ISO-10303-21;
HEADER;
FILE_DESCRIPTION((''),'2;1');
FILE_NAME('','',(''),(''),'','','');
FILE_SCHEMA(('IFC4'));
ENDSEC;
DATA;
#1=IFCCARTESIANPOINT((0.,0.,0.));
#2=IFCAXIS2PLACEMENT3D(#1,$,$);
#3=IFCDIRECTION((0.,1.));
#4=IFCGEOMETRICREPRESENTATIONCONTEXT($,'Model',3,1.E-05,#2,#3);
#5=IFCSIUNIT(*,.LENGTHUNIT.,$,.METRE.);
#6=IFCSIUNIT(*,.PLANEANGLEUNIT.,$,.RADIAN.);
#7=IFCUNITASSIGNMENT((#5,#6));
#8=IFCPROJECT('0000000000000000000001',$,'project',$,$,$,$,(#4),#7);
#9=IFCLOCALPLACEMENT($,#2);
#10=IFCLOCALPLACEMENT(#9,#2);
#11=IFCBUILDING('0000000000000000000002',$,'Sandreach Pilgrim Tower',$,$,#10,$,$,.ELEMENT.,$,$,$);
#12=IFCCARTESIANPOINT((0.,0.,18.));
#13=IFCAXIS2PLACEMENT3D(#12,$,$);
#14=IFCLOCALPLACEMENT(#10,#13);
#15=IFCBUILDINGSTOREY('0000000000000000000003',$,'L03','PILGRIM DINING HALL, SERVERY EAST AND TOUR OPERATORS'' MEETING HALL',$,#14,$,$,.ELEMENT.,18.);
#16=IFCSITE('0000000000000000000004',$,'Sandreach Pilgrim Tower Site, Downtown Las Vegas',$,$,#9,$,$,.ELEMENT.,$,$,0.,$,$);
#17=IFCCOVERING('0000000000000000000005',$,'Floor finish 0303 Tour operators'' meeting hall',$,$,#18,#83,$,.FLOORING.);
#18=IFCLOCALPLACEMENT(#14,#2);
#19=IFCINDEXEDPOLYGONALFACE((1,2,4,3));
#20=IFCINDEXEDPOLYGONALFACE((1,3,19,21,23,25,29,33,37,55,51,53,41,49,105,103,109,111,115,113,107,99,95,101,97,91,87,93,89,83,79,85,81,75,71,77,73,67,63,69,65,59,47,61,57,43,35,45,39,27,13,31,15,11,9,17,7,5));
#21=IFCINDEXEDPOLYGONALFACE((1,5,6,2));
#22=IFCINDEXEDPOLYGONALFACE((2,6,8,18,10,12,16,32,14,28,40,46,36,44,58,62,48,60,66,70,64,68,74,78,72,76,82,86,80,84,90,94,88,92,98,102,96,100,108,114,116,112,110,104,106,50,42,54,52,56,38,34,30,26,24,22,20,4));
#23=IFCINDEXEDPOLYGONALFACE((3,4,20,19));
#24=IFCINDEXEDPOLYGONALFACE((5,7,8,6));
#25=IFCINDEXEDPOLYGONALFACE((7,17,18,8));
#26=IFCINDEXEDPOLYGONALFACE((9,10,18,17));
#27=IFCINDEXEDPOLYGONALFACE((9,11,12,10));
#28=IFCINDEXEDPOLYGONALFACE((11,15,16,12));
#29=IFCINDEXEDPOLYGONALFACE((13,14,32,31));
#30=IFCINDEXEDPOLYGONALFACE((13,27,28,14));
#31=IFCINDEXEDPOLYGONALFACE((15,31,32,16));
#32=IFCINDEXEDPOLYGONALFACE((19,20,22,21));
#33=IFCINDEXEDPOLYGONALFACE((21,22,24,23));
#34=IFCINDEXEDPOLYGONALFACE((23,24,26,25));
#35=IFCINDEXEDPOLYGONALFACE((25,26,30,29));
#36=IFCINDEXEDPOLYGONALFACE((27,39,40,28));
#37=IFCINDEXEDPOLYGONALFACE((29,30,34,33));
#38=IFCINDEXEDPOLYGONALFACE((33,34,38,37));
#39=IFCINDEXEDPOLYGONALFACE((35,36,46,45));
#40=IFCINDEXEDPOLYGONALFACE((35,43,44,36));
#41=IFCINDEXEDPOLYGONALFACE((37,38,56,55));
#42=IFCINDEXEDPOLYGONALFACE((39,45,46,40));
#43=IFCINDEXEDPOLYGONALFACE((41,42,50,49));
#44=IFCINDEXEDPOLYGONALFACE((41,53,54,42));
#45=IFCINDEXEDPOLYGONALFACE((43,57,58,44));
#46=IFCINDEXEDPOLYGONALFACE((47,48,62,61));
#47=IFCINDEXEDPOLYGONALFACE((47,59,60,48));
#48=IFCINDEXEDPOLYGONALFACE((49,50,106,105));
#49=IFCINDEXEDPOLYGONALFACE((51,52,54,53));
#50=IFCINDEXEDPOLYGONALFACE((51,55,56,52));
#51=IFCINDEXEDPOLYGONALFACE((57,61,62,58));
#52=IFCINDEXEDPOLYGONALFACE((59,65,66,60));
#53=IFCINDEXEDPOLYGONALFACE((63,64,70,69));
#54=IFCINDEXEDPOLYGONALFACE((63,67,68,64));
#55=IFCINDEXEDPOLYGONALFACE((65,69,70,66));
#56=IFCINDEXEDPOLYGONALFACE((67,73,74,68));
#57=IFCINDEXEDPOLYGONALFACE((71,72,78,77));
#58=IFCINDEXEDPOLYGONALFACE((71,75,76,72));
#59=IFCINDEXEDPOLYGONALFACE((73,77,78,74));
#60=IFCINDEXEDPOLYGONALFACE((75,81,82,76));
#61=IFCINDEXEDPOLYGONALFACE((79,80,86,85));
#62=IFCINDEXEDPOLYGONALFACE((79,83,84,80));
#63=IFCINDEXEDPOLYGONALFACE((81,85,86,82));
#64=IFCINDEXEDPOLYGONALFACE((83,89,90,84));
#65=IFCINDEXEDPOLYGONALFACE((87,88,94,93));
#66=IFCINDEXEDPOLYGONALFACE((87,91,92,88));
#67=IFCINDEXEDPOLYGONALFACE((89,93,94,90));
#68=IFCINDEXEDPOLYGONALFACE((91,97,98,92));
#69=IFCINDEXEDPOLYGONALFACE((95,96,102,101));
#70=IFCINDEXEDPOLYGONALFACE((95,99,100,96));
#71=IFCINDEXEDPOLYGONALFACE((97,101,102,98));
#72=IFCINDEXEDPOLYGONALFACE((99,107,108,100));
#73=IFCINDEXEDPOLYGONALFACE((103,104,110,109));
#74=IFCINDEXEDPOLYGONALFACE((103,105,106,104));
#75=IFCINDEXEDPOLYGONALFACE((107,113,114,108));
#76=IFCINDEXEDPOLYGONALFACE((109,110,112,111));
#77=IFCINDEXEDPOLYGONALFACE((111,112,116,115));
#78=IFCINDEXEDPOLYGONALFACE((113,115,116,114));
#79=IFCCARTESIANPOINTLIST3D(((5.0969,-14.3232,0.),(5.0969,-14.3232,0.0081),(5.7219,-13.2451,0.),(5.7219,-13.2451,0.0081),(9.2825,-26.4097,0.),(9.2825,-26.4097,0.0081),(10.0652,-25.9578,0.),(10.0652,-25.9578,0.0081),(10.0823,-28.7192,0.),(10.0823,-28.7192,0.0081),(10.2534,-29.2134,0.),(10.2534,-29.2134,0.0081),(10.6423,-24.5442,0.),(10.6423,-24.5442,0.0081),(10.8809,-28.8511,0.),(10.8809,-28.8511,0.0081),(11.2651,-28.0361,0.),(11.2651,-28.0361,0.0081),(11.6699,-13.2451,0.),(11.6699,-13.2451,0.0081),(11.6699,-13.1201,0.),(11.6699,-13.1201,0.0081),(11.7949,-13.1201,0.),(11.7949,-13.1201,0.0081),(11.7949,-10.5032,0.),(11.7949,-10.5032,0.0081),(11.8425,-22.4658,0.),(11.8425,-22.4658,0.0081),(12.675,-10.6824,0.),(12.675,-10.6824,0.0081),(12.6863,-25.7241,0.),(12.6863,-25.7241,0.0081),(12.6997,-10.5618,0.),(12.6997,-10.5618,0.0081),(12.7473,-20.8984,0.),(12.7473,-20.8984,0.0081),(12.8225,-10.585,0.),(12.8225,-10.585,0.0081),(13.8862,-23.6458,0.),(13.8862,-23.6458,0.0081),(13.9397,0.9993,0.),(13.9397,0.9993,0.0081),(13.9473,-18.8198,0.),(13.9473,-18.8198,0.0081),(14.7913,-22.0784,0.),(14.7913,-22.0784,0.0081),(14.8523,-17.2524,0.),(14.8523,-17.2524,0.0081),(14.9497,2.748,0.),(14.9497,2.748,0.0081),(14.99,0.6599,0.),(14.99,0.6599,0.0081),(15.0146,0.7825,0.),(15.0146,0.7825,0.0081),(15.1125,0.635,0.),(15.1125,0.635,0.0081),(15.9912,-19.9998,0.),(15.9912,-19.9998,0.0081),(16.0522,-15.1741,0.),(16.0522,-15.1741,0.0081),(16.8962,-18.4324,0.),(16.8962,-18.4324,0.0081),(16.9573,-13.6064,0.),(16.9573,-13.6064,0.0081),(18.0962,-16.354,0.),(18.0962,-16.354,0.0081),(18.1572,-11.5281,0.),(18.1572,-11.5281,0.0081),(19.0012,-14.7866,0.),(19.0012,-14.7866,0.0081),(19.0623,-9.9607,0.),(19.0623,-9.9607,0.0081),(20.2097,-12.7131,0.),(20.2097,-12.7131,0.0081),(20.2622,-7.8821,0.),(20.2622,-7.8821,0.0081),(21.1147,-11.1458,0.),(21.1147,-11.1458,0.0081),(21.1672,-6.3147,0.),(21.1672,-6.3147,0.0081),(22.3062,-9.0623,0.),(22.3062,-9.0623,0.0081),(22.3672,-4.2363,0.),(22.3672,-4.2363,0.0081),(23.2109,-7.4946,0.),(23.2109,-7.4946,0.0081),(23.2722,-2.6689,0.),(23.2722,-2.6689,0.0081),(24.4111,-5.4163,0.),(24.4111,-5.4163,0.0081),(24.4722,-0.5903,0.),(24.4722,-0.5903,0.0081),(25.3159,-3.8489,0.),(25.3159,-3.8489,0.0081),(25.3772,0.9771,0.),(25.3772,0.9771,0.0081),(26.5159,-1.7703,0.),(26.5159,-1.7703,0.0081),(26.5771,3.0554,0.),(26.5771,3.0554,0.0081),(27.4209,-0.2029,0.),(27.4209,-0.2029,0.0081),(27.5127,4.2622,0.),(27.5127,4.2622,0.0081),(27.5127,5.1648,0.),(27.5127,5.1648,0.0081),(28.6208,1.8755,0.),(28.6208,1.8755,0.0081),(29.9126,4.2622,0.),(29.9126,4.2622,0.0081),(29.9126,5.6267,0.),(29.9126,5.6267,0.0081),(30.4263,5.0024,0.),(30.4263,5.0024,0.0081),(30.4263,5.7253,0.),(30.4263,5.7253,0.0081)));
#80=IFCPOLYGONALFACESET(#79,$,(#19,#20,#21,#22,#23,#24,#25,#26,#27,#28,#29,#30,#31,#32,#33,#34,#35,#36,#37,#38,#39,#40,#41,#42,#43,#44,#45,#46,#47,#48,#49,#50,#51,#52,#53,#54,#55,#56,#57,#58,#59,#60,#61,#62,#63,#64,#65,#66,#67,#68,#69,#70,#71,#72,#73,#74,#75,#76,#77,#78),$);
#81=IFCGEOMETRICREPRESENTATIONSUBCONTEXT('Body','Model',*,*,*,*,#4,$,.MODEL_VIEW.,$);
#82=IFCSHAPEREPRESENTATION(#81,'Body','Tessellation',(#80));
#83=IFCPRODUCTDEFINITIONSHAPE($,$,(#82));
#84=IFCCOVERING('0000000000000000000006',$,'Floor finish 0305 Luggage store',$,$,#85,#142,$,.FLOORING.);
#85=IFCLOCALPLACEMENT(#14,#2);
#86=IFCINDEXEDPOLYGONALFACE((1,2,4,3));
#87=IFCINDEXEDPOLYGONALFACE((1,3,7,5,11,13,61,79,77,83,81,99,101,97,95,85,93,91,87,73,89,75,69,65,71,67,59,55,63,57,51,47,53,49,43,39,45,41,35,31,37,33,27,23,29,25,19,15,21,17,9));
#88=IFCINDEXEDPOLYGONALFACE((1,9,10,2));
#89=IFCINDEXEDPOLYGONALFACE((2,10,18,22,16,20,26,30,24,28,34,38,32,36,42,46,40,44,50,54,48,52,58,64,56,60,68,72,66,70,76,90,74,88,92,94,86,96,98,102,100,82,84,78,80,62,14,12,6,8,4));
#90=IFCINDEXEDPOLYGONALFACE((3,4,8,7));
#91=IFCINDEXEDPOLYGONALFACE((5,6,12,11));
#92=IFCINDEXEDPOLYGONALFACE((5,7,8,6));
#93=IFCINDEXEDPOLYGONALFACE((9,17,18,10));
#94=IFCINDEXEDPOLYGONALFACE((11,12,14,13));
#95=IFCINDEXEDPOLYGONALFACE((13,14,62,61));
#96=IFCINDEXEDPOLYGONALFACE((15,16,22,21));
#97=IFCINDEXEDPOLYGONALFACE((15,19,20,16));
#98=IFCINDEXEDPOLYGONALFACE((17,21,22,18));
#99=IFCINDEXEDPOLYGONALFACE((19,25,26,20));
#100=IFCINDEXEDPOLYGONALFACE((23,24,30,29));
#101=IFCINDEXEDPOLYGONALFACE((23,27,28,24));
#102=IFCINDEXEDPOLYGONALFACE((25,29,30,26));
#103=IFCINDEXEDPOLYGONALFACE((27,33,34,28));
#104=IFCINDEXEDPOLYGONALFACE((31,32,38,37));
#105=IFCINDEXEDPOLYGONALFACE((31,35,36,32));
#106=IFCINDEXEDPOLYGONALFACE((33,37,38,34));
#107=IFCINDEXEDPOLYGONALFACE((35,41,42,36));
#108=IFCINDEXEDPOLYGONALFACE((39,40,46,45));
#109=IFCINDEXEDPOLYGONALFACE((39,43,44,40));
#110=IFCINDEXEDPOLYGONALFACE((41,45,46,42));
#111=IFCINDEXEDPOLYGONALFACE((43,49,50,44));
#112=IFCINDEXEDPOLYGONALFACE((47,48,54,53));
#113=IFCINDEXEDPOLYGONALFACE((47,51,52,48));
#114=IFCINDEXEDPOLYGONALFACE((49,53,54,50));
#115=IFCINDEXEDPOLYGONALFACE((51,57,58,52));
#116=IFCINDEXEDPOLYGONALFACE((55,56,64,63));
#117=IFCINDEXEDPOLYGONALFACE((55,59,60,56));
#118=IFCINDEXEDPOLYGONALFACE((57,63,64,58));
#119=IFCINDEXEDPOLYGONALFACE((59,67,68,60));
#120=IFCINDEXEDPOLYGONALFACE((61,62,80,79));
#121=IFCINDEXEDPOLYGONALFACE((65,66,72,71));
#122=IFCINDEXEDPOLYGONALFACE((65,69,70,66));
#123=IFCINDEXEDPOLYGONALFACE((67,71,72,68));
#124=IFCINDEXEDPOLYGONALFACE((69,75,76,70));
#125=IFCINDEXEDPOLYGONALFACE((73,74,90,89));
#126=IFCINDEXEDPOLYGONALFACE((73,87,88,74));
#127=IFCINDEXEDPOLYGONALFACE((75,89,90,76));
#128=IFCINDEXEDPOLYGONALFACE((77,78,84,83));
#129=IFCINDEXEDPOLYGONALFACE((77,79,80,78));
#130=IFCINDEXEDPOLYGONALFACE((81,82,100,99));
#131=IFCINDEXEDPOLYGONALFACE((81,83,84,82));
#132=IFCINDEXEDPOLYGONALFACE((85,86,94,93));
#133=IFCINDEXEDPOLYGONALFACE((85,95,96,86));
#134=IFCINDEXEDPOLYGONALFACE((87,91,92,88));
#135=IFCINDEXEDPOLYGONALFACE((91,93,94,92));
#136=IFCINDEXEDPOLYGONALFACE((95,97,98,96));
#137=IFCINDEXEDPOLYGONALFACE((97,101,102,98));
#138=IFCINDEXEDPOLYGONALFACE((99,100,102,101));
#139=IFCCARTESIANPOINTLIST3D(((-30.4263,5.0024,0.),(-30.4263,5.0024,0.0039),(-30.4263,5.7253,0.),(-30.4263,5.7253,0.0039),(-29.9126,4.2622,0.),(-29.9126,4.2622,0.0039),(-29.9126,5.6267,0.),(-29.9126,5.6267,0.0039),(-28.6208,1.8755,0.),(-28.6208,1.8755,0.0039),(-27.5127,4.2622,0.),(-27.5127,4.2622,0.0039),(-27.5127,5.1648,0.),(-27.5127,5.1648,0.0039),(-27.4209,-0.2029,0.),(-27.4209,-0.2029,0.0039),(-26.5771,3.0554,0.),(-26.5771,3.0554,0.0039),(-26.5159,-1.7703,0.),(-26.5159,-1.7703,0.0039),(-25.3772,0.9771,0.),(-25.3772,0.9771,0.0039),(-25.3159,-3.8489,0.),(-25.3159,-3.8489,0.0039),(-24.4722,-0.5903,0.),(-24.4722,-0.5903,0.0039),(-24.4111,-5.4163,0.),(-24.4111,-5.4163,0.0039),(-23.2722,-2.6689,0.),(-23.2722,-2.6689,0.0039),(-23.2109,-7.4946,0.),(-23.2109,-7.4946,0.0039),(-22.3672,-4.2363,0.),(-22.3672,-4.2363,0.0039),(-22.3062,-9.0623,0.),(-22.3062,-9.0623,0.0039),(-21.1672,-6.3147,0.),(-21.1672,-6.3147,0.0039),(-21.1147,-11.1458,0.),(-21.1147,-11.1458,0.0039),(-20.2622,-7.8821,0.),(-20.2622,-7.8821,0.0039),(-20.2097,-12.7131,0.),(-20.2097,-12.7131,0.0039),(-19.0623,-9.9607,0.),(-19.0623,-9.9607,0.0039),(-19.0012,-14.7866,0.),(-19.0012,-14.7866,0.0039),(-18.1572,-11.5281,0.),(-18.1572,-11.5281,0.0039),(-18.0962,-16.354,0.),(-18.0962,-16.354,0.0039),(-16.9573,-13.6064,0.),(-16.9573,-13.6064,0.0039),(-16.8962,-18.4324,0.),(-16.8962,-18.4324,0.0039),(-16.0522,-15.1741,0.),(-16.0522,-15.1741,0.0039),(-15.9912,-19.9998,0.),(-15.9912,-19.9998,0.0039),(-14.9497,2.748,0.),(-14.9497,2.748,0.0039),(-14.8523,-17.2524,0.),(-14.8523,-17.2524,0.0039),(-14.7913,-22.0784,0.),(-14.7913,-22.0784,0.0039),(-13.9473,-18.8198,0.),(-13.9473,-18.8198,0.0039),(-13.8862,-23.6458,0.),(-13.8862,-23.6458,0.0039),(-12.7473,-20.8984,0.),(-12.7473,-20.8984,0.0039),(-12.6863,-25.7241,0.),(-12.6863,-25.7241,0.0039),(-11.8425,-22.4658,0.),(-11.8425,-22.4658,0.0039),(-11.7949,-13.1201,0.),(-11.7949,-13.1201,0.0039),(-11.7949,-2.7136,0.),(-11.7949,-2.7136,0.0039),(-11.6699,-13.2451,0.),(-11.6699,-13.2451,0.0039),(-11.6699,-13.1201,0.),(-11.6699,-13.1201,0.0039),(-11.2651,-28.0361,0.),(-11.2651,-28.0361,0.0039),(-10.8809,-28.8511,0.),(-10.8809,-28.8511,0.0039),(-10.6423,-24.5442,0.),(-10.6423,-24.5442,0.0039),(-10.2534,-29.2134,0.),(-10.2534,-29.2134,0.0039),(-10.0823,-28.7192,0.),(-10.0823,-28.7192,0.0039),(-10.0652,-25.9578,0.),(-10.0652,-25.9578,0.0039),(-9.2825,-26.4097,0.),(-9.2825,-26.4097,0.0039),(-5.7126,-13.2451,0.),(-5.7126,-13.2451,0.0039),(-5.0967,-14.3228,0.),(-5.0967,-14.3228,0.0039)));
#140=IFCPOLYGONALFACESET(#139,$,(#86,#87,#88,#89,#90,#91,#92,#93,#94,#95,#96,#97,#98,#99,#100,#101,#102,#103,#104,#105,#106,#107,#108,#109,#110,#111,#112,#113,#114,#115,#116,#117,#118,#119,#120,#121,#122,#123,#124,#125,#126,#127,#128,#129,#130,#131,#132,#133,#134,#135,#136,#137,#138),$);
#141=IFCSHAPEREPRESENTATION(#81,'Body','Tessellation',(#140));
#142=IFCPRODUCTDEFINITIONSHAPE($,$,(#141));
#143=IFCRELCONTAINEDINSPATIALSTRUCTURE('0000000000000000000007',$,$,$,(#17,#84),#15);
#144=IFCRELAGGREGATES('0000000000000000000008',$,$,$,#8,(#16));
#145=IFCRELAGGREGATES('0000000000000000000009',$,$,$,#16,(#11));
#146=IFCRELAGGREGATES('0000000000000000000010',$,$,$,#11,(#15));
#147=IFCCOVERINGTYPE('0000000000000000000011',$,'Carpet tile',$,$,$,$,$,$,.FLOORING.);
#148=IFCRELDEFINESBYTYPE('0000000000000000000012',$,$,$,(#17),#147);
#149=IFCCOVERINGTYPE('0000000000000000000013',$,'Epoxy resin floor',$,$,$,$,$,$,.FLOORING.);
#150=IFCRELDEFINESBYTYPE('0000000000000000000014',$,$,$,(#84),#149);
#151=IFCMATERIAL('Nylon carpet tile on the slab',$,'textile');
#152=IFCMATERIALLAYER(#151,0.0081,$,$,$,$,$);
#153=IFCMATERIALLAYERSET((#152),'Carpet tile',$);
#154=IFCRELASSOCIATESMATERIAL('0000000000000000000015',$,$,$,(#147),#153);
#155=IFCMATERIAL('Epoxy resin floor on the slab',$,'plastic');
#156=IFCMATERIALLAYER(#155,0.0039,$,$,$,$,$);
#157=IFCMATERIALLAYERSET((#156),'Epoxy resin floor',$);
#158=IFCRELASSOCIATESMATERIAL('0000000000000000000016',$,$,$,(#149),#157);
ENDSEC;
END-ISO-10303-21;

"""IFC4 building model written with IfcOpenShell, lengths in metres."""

from ifc_helpers import new_model, si_unit, direction, frame, origin, place, context, subcontext, project, spatial, polyline, outline, extrude, material, layer, layer_set, type_object, element, save


model = new_model("IFC4")

# Units and contexts
model_context = context("Model", 3, precision=1e-05, world=origin(), true_north=direction((0.0, 1.0)))
body_context = subcontext(model_context, "Body", "Model", "MODEL_VIEW")
ifc_project = project(units=[si_unit("LENGTHUNIT", "METRE"), si_unit("PLANEANGLEUNIT", "RADIAN")], contexts=[model_context])

# Site, building, storey
site_placement = place(None, origin())
site = spatial("IfcSite", under=ifc_project, at=site_placement, Name="Sandreach Pilgrim Tower Site, Downtown Las Vegas", CompositionType="ELEMENT", RefElevation=0.0)
building_placement = place(site_placement, origin())
building = spatial("IfcBuilding", under=site, at=building_placement, Name="Sandreach Pilgrim Tower", CompositionType="ELEMENT")
storey_placement = place(building_placement, frame((0.0, 0.0, 18.0)))
storey = spatial("IfcBuildingStorey", under=building, at=storey_placement, Name="L03", Description="PILGRIM DINING HALL, SERVERY EAST AND TOUR OPERATORS' MEETING HALL", CompositionType="ELEMENT", Elevation=18.0)

# Coverings
ifc_material_1 = material(Name="Nylon carpet tile on the slab", Category="textile")
ifc_layer_1 = layer(ifc_material_1, 0.0081)
ifc_layer_set_1 = layer_set([ifc_layer_1], Name="Carpet tile")
covering_type_1 = type_object("IfcCoveringType", Name="Carpet tile", PredefinedType="FLOORING", material=ifc_layer_set_1)
covering_1_placement = place(storey_placement, origin())
element("IfcCovering", 1, at=covering_1_placement, inside=storey, type_object=covering_type_1, Name="Floor finish 0303 Tour operators' meeting hall", PredefinedType="FLOORING", context=body_context, shape_type="SweptSolid", body=[
    extrude(outline(polyline([(10.2534, -29.2134), (10.0823, -28.7192), (11.2651, -28.0361), (10.0652, -25.9578), (9.2825, -26.4097), (5.0969, -14.3232), (5.7219, -13.2451), (11.6699, -13.2451), (11.6699, -13.1201), (11.7949, -13.1201), (11.7949, -10.5032), (12.675, -10.6824), (12.6997, -10.5618), (12.8225, -10.585), (15.1125, 0.635), (14.99, 0.6599), (15.0146, 0.7825), (13.9397, 0.9993), (14.9497, 2.748), (27.5127, 5.1648), (27.5127, 4.2622), (29.9126, 4.2622), (29.9126, 5.6267), (30.4263, 5.7253), (30.4263, 5.0024), (28.6208, 1.8755), (26.5771, 3.0554), (25.3772, 0.9771), (27.4209, -0.2029), (26.5159, -1.7703), (24.4722, -0.5903), (23.2722, -2.6689), (25.3159, -3.8489), (24.4111, -5.4163), (22.3672, -4.2363), (21.1672, -6.3147), (23.2109, -7.4946), (22.3062, -9.0623), (20.2622, -7.8821), (19.0623, -9.9607), (21.1147, -11.1458), (20.2097, -12.7131), (18.1572, -11.5281), (16.9573, -13.6064), (19.0012, -14.7866), (18.0962, -16.354), (16.0522, -15.1741), (14.8523, -17.2524), (16.8962, -18.4324), (15.9912, -19.9998), (13.9473, -18.8198), (12.7473, -20.8984), (14.7913, -22.0784), (13.8862, -23.6458), (11.8425, -22.4658), (10.6423, -24.5442), (12.6863, -25.7241), (10.8809, -28.8511), (10.2534, -29.2134)])), origin(), (0.0, 0.0, 1.0), 0.0081),
])
ifc_material_2 = material(Name="Epoxy resin floor on the slab", Category="plastic")
ifc_layer_2 = layer(ifc_material_2, 0.0039)
ifc_layer_set_2 = layer_set([ifc_layer_2], Name="Epoxy resin floor")
covering_type_2 = type_object("IfcCoveringType", Name="Epoxy resin floor", PredefinedType="FLOORING", material=ifc_layer_set_2)
covering_2_placement = place(storey_placement, origin())
element("IfcCovering", 2, at=covering_2_placement, inside=storey, type_object=covering_type_2, Name="Floor finish 0305 Luggage store", PredefinedType="FLOORING", context=body_context, shape_type="SweptSolid", body=[
    extrude(outline(polyline([(-30.4263, 5.0024), (-30.4263, 5.7253), (-29.9126, 5.6267), (-29.9126, 4.2622), (-27.5127, 4.2622), (-27.5127, 5.1648), (-14.9497, 2.748), (-11.7949, -2.7136), (-11.7949, -13.1201), (-11.6699, -13.1201), (-11.6699, -13.2451), (-5.7126, -13.2451), (-5.0967, -14.3228), (-9.2825, -26.4097), (-10.0652, -25.9578), (-11.2651, -28.0361), (-10.0823, -28.7192), (-10.2534, -29.2134), (-10.8809, -28.8511), (-12.6863, -25.7241), (-10.6423, -24.5442), (-11.8425, -22.4658), (-13.8862, -23.6458), (-14.7913, -22.0784), (-12.7473, -20.8984), (-13.9473, -18.8198), (-15.9912, -19.9998), (-16.8962, -18.4324), (-14.8523, -17.2524), (-16.0522, -15.1741), (-18.0962, -16.354), (-19.0012, -14.7866), (-16.9573, -13.6064), (-18.1572, -11.5281), (-20.2097, -12.7131), (-21.1147, -11.1458), (-19.0623, -9.9607), (-20.2622, -7.8821), (-22.3062, -9.0623), (-23.2109, -7.4946), (-21.1672, -6.3147), (-22.3672, -4.2363), (-24.4111, -5.4163), (-25.3159, -3.8489), (-23.2722, -2.6689), (-24.4722, -0.5903), (-26.5159, -1.7703), (-27.4209, -0.2029), (-25.3772, 0.9771), (-26.5771, 3.0554), (-28.6208, 1.8755), (-30.4263, 5.0024)])), origin(), (0.0, 0.0, 1.0), 0.0039),
])

save(model, "model.ifc")
